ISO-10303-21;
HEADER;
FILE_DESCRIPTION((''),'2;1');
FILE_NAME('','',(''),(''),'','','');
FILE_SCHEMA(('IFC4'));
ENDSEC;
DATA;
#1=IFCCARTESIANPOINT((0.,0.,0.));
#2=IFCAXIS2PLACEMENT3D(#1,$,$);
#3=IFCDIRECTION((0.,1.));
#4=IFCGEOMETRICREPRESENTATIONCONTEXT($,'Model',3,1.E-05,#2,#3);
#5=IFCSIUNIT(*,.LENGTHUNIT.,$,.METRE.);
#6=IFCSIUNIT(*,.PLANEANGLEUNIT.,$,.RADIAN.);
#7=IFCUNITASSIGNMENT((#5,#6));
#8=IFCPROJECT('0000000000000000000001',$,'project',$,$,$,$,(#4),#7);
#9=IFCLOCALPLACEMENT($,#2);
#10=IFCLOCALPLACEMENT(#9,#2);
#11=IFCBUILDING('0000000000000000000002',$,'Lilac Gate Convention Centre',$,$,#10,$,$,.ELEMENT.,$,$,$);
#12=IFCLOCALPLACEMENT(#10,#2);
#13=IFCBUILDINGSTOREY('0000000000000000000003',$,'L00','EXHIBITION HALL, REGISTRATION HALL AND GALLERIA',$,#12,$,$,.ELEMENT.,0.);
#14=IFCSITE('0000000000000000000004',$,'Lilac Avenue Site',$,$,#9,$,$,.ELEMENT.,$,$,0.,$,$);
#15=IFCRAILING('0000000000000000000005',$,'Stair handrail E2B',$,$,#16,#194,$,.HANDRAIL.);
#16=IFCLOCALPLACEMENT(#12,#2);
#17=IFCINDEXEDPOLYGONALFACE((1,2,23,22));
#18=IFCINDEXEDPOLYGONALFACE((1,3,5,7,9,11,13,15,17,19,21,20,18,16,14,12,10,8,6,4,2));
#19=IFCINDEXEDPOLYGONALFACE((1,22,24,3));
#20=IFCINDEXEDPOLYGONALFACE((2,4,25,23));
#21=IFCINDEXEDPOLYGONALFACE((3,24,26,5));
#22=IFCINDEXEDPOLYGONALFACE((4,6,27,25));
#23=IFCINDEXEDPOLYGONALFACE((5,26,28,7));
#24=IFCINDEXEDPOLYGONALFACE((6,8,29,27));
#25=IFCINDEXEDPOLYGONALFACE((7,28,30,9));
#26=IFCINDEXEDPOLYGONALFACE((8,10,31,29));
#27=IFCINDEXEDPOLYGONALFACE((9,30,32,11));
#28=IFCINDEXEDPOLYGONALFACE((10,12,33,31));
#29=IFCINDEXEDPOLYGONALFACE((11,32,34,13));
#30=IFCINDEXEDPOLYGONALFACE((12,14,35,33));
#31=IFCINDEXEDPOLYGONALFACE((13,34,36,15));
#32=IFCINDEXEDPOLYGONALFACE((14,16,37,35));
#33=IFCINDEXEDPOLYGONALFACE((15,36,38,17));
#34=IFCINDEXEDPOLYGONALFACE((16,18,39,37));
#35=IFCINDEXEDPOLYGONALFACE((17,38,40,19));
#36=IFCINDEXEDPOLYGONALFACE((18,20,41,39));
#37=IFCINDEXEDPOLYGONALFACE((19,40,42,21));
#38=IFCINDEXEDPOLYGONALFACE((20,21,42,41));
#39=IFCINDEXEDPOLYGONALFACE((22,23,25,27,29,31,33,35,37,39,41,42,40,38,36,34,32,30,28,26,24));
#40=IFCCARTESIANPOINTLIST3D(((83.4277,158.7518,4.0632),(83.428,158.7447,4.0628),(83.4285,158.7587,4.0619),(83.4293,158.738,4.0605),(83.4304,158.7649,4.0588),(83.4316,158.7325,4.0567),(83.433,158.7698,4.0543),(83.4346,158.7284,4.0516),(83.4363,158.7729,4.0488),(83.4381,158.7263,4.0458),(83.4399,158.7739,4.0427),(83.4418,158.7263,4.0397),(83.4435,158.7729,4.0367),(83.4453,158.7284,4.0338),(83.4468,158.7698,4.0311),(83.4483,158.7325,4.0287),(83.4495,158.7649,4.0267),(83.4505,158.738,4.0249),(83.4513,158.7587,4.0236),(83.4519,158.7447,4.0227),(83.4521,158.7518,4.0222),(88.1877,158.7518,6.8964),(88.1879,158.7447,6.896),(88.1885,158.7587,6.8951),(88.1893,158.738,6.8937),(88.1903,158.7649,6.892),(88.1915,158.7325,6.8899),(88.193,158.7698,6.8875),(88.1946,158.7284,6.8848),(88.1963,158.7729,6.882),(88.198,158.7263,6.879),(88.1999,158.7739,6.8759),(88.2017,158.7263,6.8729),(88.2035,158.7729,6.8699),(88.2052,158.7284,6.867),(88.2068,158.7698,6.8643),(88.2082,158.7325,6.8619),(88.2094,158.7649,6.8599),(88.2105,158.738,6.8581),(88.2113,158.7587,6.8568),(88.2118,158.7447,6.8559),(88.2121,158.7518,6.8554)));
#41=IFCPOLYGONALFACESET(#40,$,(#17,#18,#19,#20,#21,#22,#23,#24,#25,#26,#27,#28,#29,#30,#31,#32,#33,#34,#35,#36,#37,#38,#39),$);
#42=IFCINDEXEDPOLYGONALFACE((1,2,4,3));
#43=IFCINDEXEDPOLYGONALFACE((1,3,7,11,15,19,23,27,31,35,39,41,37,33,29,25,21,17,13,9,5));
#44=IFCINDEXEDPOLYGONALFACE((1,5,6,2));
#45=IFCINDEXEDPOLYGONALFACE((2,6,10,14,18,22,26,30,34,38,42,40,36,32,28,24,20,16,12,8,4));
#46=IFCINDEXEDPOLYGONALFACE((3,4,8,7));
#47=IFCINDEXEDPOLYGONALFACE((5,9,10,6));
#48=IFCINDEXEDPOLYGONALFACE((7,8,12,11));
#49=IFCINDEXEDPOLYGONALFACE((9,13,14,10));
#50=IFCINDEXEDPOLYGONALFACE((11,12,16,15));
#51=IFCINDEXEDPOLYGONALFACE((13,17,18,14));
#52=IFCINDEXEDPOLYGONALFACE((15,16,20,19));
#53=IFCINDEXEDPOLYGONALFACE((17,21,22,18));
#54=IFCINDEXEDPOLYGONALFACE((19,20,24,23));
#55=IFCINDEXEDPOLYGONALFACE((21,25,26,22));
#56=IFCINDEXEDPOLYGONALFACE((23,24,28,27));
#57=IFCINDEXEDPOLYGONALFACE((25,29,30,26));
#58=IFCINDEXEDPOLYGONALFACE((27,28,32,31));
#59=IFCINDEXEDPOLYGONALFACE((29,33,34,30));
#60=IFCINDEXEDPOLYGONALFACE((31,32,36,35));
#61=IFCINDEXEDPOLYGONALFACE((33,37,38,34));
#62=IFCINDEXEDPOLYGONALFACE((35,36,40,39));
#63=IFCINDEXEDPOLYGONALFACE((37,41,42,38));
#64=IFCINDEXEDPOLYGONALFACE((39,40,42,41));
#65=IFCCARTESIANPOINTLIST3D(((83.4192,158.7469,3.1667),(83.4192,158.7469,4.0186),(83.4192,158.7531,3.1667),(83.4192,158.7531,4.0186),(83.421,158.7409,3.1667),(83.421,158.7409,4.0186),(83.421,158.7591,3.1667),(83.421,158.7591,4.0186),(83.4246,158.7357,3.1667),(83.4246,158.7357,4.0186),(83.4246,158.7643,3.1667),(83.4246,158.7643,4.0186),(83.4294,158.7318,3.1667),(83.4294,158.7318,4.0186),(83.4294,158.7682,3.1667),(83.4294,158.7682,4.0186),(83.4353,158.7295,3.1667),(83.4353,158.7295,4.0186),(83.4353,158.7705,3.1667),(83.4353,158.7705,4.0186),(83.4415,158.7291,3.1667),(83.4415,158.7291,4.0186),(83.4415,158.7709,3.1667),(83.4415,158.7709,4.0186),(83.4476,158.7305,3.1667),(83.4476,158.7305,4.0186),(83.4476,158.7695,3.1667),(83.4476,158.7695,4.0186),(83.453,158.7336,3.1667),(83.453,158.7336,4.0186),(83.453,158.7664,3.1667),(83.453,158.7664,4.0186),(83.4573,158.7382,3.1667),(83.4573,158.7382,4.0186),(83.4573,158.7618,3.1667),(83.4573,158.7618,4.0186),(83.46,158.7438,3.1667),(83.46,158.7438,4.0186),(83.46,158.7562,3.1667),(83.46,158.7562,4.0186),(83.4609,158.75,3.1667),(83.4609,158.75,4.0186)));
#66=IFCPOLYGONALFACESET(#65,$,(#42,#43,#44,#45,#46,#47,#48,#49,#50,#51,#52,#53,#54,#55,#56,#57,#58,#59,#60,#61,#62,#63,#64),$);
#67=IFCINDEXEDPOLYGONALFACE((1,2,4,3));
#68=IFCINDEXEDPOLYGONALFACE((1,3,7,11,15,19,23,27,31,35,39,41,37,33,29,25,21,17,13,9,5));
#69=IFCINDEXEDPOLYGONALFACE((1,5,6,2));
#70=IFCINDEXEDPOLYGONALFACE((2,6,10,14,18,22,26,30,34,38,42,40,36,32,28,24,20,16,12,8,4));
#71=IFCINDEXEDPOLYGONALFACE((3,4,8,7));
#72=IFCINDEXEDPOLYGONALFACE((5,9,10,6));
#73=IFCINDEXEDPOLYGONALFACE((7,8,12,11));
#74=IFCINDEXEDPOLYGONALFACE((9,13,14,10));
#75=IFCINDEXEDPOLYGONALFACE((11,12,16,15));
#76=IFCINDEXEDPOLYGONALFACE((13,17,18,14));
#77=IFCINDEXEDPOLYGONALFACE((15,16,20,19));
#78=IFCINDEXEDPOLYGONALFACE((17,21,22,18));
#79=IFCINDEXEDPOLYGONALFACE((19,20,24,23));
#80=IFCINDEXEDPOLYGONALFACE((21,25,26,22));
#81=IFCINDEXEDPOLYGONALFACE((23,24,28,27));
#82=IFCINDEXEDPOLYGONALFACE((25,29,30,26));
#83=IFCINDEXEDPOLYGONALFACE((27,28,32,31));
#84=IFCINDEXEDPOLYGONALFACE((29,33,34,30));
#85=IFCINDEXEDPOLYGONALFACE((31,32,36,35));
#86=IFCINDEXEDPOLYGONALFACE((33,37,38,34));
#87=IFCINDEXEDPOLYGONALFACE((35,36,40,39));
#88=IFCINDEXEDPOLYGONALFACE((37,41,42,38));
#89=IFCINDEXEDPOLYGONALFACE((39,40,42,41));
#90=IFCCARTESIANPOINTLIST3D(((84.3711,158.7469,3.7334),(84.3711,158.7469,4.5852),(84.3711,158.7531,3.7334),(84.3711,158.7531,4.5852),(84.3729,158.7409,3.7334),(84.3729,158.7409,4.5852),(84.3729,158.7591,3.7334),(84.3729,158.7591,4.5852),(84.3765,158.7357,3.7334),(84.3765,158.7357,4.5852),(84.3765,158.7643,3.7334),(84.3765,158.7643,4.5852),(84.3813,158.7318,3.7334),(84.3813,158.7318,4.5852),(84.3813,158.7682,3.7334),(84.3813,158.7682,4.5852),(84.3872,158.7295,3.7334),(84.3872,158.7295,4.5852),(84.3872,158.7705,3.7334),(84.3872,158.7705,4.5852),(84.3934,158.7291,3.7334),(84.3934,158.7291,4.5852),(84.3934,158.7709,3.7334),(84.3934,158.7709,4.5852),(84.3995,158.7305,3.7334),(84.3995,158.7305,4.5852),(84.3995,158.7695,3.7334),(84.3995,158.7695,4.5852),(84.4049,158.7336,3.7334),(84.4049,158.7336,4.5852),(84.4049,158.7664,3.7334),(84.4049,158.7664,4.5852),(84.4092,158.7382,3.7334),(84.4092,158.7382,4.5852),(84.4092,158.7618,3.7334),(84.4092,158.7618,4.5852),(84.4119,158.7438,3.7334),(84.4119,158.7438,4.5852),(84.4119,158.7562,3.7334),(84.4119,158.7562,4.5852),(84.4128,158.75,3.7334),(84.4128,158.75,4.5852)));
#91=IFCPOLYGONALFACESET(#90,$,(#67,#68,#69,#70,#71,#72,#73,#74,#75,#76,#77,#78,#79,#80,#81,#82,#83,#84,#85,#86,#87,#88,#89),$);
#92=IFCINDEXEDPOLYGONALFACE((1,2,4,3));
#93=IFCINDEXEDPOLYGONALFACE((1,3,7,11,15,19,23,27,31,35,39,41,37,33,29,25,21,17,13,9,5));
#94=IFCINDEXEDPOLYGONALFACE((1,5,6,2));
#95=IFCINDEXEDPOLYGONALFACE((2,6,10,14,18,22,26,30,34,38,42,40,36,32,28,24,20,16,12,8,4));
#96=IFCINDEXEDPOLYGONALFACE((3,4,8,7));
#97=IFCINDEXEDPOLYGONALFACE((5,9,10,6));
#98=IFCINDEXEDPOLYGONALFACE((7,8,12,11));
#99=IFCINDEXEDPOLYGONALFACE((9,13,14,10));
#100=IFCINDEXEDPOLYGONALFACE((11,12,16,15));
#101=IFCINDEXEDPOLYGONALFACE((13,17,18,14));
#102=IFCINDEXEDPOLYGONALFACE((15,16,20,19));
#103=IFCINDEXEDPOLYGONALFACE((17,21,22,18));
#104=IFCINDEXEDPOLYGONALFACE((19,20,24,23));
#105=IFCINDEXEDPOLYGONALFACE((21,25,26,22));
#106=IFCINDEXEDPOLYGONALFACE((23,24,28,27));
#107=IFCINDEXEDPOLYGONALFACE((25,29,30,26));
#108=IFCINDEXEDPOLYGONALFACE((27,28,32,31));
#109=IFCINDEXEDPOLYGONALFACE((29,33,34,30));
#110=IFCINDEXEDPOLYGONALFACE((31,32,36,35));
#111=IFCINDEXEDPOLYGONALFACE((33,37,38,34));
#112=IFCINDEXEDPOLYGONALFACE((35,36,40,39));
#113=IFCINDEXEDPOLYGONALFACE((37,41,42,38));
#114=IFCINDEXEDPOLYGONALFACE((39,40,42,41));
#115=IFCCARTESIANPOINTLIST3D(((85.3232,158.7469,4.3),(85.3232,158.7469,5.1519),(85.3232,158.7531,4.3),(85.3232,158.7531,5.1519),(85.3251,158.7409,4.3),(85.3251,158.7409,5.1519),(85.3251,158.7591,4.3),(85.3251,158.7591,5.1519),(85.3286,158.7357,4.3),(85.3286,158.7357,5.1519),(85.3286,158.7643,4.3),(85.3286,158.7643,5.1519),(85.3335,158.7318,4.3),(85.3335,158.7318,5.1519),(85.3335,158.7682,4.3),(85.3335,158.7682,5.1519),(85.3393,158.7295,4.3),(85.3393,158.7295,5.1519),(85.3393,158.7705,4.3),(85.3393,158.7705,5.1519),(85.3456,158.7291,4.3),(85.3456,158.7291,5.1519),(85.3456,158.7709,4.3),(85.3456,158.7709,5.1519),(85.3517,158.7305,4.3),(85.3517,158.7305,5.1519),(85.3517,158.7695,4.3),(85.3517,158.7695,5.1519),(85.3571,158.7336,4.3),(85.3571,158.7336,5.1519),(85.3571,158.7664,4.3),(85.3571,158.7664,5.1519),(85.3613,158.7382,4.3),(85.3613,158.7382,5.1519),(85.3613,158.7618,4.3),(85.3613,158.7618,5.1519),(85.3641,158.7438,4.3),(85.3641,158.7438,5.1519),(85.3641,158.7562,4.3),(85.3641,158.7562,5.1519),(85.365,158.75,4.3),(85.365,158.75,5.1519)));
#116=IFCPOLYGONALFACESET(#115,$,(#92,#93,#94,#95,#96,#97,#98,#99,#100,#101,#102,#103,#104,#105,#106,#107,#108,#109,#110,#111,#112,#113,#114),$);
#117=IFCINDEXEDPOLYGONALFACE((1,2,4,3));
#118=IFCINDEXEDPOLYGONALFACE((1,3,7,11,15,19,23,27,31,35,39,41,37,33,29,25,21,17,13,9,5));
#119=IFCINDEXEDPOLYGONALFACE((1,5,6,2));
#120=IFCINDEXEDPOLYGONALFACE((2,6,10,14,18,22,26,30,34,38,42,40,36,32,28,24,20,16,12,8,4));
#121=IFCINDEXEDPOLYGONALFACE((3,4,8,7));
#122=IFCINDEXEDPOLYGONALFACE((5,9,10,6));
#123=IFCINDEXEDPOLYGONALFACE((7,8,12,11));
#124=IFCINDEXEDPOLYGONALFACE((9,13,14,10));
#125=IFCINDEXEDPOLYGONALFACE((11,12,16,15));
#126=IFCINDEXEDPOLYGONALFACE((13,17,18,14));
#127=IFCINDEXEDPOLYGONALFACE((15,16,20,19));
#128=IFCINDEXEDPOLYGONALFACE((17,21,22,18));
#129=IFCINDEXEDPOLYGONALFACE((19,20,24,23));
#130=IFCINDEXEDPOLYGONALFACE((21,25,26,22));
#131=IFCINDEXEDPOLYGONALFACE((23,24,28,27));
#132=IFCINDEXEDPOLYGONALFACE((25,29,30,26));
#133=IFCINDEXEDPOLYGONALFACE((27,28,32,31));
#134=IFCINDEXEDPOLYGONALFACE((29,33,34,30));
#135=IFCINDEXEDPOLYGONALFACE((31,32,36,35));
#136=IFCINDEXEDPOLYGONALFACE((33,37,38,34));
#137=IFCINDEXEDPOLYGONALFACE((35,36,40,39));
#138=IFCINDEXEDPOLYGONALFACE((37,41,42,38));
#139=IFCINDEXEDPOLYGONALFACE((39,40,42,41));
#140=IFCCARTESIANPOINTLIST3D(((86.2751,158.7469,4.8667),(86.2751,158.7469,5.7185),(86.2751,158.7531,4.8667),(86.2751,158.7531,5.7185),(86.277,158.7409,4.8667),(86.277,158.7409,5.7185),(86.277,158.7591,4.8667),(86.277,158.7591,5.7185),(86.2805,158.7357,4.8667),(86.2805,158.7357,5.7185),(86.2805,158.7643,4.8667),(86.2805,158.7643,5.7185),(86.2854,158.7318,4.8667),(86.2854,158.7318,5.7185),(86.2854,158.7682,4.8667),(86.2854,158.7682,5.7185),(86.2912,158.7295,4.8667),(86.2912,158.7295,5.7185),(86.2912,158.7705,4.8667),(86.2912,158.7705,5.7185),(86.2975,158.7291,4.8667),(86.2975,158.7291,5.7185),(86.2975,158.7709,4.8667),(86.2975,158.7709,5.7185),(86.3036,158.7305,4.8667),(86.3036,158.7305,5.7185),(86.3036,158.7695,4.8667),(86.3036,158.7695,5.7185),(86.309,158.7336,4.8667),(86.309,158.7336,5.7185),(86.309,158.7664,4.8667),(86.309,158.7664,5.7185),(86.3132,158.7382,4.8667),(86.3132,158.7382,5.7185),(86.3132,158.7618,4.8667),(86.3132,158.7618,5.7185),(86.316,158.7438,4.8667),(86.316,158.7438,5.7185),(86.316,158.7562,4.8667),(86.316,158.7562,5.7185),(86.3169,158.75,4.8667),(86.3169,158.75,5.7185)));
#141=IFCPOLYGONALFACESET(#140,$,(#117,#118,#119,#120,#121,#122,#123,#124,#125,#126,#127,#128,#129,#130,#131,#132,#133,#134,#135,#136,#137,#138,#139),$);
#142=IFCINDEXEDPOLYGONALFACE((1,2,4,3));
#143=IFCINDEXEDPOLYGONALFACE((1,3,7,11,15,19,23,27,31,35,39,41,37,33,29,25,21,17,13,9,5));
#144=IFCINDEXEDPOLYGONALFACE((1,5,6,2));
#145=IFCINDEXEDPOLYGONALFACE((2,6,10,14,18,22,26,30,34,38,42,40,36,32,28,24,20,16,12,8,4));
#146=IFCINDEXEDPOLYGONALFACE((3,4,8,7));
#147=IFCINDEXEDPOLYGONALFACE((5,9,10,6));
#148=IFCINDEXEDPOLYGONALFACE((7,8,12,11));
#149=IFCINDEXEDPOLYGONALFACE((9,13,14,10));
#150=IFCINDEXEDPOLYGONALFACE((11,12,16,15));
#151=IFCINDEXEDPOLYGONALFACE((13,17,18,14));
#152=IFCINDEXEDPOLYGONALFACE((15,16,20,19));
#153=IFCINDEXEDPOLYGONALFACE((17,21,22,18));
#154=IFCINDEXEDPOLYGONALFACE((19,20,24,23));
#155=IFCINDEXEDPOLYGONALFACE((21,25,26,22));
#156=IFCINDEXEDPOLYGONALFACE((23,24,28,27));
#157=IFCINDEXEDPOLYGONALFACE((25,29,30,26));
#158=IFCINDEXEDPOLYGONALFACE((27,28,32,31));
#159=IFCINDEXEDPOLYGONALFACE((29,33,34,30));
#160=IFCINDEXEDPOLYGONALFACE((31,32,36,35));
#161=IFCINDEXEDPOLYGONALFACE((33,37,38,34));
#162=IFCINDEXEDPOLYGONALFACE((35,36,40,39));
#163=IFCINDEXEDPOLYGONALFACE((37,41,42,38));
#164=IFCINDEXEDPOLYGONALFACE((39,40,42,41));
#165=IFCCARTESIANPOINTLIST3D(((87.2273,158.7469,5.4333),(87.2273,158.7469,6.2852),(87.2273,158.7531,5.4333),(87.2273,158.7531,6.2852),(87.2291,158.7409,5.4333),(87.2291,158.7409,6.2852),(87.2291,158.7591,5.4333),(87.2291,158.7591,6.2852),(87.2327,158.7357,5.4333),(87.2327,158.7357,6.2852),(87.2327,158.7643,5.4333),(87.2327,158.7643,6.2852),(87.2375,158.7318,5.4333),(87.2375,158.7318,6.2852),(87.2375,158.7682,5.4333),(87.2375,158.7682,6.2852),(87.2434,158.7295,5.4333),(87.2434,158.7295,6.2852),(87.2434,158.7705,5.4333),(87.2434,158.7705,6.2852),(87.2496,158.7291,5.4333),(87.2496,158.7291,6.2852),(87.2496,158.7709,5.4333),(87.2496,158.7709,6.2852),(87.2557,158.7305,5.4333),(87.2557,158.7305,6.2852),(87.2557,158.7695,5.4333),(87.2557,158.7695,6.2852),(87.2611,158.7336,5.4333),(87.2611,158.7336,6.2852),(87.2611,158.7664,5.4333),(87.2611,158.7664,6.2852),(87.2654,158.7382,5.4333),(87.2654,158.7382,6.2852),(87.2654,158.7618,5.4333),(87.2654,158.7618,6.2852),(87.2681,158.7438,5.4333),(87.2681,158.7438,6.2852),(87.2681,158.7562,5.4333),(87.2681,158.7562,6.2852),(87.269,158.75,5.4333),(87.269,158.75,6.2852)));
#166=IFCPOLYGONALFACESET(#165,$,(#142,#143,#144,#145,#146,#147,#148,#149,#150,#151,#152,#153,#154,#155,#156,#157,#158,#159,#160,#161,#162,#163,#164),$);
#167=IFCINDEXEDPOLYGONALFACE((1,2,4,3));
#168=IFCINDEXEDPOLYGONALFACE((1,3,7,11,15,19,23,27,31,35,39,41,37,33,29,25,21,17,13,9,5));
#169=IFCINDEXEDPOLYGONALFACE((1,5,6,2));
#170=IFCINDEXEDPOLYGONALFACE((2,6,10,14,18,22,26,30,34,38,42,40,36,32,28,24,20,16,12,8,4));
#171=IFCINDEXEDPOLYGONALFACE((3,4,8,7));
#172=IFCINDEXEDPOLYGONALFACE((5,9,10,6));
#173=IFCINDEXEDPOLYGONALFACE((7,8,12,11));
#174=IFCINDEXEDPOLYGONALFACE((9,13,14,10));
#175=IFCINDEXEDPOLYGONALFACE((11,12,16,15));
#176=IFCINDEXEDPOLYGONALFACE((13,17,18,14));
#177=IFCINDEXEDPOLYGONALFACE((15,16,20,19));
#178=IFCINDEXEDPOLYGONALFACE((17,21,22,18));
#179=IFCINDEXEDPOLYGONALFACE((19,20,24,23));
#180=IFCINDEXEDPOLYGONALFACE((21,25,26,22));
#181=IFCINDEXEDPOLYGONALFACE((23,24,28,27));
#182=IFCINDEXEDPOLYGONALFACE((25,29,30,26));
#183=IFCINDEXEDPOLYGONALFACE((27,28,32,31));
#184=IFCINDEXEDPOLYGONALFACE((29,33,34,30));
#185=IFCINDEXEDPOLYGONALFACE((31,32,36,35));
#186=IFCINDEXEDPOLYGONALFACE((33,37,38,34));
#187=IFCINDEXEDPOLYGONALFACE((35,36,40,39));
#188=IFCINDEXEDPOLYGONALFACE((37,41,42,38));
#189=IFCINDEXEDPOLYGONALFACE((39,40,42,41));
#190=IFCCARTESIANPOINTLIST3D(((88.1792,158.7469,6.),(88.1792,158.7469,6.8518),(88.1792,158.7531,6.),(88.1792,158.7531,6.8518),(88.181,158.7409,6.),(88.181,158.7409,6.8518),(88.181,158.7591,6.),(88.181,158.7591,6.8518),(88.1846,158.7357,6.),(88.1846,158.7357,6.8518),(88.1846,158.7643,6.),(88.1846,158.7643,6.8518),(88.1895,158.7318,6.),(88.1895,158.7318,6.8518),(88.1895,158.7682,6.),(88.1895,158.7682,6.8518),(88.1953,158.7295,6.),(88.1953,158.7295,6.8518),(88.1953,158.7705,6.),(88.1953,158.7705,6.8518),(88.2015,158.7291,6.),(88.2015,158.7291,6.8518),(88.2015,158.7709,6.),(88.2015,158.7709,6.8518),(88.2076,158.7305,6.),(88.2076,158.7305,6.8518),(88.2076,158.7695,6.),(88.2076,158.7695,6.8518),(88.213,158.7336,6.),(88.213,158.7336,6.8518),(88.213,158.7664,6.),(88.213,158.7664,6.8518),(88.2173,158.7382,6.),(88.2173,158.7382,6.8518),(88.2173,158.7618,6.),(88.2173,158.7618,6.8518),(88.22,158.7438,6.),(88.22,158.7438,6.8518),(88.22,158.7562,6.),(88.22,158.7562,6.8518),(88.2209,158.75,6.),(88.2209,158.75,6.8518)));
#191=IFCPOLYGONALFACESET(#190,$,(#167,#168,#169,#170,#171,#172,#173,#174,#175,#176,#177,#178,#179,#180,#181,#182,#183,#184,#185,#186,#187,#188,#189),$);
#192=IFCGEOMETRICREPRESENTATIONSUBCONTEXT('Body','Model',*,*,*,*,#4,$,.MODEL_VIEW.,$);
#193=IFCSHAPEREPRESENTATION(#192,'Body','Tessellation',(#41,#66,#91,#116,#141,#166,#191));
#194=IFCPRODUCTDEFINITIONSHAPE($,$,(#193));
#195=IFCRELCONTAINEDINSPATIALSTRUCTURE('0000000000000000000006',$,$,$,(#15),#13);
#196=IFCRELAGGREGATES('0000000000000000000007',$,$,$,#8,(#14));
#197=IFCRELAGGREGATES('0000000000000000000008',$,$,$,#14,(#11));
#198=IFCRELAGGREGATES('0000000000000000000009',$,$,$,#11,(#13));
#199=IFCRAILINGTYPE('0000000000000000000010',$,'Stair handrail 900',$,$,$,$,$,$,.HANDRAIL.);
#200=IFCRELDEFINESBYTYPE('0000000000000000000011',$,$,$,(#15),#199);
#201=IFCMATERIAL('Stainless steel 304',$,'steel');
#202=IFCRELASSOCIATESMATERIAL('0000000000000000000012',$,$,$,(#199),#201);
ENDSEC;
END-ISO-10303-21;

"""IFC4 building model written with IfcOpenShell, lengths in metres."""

from ifc_helpers import new_model, si_unit, direction, frame, origin, origin_2d, place, context, subcontext, project, spatial, circle, extrude, material, type_object, element, save


model = new_model("IFC4")

# Units and contexts
model_context = context("Model", 3, precision=1e-05, world=origin(), true_north=direction((0.0, 1.0)))
body_context = subcontext(model_context, "Body", "Model", "MODEL_VIEW")
ifc_project = project(units=[si_unit("LENGTHUNIT", "METRE"), si_unit("PLANEANGLEUNIT", "RADIAN")], contexts=[model_context])

# Site, building, storey
site_placement = place(None, origin())
site = spatial("IfcSite", under=ifc_project, at=site_placement, Name="Lilac Avenue Site", CompositionType="ELEMENT", RefElevation=0.0)
building_placement = place(site_placement, origin())
building = spatial("IfcBuilding", under=site, at=building_placement, Name="Lilac Gate Convention Centre", CompositionType="ELEMENT")
storey_placement = place(building_placement, origin())
storey = spatial("IfcBuildingStorey", under=building, at=storey_placement, Name="L00", Description="EXHIBITION HALL, REGISTRATION HALL AND GALLERIA", CompositionType="ELEMENT", Elevation=0.0)

# Railing
ifc_material_1 = material(Name="Stainless steel 304", Category="steel")
railing_type = type_object("IfcRailingType", Name="Stair handrail 900", PredefinedType="HANDRAIL", material=ifc_material_1)
for number, where, name in (
    (1, (83.4399, 158.75, 3.1667), "Stair handrail E2B"),
):
    element("IfcRailing", number, at=place(storey_placement, frame(where)), inside=storey, type_object=railing_type, Name=name, PredefinedType="HANDRAIL", context=body_context, shape_type="SweptSolid", body=[
        extrude(circle(Radius=0.0239, at=origin_2d()), frame((0.0, 0.0, 0.876), z_axis=(0.8593, 0.0, 0.511472), x_axis=(0.0, 1.0, 0.0)), (0.0, 0.0, 1.0), 5.5393),
        extrude(circle(Radius=0.021, at=origin_2d()), origin(), (0.0, 0.0, 1.0), 0.8518),
        extrude(circle(Radius=0.021, at=origin_2d()), frame((0.9519, 0.0, 0.5667)), (0.0, 0.0, 1.0), 0.8518),
        extrude(circle(Radius=0.021, at=origin_2d()), frame((1.9041, 0.0, 1.1333)), (0.0, 0.0, 1.0), 0.8518),
        extrude(circle(Radius=0.021, at=origin_2d()), frame((2.856, 0.0, 1.7)), (0.0, 0.0, 1.0), 0.8518),
        extrude(circle(Radius=0.021, at=origin_2d()), frame((3.8081, 0.0, 2.2666)), (0.0, 0.0, 1.0), 0.8518),
        extrude(circle(Radius=0.021, at=origin_2d()), frame((4.76, 0.0, 2.8333)), (0.0, 0.0, 1.0), 0.8518),
    ])

save(model, "model.ifc")
